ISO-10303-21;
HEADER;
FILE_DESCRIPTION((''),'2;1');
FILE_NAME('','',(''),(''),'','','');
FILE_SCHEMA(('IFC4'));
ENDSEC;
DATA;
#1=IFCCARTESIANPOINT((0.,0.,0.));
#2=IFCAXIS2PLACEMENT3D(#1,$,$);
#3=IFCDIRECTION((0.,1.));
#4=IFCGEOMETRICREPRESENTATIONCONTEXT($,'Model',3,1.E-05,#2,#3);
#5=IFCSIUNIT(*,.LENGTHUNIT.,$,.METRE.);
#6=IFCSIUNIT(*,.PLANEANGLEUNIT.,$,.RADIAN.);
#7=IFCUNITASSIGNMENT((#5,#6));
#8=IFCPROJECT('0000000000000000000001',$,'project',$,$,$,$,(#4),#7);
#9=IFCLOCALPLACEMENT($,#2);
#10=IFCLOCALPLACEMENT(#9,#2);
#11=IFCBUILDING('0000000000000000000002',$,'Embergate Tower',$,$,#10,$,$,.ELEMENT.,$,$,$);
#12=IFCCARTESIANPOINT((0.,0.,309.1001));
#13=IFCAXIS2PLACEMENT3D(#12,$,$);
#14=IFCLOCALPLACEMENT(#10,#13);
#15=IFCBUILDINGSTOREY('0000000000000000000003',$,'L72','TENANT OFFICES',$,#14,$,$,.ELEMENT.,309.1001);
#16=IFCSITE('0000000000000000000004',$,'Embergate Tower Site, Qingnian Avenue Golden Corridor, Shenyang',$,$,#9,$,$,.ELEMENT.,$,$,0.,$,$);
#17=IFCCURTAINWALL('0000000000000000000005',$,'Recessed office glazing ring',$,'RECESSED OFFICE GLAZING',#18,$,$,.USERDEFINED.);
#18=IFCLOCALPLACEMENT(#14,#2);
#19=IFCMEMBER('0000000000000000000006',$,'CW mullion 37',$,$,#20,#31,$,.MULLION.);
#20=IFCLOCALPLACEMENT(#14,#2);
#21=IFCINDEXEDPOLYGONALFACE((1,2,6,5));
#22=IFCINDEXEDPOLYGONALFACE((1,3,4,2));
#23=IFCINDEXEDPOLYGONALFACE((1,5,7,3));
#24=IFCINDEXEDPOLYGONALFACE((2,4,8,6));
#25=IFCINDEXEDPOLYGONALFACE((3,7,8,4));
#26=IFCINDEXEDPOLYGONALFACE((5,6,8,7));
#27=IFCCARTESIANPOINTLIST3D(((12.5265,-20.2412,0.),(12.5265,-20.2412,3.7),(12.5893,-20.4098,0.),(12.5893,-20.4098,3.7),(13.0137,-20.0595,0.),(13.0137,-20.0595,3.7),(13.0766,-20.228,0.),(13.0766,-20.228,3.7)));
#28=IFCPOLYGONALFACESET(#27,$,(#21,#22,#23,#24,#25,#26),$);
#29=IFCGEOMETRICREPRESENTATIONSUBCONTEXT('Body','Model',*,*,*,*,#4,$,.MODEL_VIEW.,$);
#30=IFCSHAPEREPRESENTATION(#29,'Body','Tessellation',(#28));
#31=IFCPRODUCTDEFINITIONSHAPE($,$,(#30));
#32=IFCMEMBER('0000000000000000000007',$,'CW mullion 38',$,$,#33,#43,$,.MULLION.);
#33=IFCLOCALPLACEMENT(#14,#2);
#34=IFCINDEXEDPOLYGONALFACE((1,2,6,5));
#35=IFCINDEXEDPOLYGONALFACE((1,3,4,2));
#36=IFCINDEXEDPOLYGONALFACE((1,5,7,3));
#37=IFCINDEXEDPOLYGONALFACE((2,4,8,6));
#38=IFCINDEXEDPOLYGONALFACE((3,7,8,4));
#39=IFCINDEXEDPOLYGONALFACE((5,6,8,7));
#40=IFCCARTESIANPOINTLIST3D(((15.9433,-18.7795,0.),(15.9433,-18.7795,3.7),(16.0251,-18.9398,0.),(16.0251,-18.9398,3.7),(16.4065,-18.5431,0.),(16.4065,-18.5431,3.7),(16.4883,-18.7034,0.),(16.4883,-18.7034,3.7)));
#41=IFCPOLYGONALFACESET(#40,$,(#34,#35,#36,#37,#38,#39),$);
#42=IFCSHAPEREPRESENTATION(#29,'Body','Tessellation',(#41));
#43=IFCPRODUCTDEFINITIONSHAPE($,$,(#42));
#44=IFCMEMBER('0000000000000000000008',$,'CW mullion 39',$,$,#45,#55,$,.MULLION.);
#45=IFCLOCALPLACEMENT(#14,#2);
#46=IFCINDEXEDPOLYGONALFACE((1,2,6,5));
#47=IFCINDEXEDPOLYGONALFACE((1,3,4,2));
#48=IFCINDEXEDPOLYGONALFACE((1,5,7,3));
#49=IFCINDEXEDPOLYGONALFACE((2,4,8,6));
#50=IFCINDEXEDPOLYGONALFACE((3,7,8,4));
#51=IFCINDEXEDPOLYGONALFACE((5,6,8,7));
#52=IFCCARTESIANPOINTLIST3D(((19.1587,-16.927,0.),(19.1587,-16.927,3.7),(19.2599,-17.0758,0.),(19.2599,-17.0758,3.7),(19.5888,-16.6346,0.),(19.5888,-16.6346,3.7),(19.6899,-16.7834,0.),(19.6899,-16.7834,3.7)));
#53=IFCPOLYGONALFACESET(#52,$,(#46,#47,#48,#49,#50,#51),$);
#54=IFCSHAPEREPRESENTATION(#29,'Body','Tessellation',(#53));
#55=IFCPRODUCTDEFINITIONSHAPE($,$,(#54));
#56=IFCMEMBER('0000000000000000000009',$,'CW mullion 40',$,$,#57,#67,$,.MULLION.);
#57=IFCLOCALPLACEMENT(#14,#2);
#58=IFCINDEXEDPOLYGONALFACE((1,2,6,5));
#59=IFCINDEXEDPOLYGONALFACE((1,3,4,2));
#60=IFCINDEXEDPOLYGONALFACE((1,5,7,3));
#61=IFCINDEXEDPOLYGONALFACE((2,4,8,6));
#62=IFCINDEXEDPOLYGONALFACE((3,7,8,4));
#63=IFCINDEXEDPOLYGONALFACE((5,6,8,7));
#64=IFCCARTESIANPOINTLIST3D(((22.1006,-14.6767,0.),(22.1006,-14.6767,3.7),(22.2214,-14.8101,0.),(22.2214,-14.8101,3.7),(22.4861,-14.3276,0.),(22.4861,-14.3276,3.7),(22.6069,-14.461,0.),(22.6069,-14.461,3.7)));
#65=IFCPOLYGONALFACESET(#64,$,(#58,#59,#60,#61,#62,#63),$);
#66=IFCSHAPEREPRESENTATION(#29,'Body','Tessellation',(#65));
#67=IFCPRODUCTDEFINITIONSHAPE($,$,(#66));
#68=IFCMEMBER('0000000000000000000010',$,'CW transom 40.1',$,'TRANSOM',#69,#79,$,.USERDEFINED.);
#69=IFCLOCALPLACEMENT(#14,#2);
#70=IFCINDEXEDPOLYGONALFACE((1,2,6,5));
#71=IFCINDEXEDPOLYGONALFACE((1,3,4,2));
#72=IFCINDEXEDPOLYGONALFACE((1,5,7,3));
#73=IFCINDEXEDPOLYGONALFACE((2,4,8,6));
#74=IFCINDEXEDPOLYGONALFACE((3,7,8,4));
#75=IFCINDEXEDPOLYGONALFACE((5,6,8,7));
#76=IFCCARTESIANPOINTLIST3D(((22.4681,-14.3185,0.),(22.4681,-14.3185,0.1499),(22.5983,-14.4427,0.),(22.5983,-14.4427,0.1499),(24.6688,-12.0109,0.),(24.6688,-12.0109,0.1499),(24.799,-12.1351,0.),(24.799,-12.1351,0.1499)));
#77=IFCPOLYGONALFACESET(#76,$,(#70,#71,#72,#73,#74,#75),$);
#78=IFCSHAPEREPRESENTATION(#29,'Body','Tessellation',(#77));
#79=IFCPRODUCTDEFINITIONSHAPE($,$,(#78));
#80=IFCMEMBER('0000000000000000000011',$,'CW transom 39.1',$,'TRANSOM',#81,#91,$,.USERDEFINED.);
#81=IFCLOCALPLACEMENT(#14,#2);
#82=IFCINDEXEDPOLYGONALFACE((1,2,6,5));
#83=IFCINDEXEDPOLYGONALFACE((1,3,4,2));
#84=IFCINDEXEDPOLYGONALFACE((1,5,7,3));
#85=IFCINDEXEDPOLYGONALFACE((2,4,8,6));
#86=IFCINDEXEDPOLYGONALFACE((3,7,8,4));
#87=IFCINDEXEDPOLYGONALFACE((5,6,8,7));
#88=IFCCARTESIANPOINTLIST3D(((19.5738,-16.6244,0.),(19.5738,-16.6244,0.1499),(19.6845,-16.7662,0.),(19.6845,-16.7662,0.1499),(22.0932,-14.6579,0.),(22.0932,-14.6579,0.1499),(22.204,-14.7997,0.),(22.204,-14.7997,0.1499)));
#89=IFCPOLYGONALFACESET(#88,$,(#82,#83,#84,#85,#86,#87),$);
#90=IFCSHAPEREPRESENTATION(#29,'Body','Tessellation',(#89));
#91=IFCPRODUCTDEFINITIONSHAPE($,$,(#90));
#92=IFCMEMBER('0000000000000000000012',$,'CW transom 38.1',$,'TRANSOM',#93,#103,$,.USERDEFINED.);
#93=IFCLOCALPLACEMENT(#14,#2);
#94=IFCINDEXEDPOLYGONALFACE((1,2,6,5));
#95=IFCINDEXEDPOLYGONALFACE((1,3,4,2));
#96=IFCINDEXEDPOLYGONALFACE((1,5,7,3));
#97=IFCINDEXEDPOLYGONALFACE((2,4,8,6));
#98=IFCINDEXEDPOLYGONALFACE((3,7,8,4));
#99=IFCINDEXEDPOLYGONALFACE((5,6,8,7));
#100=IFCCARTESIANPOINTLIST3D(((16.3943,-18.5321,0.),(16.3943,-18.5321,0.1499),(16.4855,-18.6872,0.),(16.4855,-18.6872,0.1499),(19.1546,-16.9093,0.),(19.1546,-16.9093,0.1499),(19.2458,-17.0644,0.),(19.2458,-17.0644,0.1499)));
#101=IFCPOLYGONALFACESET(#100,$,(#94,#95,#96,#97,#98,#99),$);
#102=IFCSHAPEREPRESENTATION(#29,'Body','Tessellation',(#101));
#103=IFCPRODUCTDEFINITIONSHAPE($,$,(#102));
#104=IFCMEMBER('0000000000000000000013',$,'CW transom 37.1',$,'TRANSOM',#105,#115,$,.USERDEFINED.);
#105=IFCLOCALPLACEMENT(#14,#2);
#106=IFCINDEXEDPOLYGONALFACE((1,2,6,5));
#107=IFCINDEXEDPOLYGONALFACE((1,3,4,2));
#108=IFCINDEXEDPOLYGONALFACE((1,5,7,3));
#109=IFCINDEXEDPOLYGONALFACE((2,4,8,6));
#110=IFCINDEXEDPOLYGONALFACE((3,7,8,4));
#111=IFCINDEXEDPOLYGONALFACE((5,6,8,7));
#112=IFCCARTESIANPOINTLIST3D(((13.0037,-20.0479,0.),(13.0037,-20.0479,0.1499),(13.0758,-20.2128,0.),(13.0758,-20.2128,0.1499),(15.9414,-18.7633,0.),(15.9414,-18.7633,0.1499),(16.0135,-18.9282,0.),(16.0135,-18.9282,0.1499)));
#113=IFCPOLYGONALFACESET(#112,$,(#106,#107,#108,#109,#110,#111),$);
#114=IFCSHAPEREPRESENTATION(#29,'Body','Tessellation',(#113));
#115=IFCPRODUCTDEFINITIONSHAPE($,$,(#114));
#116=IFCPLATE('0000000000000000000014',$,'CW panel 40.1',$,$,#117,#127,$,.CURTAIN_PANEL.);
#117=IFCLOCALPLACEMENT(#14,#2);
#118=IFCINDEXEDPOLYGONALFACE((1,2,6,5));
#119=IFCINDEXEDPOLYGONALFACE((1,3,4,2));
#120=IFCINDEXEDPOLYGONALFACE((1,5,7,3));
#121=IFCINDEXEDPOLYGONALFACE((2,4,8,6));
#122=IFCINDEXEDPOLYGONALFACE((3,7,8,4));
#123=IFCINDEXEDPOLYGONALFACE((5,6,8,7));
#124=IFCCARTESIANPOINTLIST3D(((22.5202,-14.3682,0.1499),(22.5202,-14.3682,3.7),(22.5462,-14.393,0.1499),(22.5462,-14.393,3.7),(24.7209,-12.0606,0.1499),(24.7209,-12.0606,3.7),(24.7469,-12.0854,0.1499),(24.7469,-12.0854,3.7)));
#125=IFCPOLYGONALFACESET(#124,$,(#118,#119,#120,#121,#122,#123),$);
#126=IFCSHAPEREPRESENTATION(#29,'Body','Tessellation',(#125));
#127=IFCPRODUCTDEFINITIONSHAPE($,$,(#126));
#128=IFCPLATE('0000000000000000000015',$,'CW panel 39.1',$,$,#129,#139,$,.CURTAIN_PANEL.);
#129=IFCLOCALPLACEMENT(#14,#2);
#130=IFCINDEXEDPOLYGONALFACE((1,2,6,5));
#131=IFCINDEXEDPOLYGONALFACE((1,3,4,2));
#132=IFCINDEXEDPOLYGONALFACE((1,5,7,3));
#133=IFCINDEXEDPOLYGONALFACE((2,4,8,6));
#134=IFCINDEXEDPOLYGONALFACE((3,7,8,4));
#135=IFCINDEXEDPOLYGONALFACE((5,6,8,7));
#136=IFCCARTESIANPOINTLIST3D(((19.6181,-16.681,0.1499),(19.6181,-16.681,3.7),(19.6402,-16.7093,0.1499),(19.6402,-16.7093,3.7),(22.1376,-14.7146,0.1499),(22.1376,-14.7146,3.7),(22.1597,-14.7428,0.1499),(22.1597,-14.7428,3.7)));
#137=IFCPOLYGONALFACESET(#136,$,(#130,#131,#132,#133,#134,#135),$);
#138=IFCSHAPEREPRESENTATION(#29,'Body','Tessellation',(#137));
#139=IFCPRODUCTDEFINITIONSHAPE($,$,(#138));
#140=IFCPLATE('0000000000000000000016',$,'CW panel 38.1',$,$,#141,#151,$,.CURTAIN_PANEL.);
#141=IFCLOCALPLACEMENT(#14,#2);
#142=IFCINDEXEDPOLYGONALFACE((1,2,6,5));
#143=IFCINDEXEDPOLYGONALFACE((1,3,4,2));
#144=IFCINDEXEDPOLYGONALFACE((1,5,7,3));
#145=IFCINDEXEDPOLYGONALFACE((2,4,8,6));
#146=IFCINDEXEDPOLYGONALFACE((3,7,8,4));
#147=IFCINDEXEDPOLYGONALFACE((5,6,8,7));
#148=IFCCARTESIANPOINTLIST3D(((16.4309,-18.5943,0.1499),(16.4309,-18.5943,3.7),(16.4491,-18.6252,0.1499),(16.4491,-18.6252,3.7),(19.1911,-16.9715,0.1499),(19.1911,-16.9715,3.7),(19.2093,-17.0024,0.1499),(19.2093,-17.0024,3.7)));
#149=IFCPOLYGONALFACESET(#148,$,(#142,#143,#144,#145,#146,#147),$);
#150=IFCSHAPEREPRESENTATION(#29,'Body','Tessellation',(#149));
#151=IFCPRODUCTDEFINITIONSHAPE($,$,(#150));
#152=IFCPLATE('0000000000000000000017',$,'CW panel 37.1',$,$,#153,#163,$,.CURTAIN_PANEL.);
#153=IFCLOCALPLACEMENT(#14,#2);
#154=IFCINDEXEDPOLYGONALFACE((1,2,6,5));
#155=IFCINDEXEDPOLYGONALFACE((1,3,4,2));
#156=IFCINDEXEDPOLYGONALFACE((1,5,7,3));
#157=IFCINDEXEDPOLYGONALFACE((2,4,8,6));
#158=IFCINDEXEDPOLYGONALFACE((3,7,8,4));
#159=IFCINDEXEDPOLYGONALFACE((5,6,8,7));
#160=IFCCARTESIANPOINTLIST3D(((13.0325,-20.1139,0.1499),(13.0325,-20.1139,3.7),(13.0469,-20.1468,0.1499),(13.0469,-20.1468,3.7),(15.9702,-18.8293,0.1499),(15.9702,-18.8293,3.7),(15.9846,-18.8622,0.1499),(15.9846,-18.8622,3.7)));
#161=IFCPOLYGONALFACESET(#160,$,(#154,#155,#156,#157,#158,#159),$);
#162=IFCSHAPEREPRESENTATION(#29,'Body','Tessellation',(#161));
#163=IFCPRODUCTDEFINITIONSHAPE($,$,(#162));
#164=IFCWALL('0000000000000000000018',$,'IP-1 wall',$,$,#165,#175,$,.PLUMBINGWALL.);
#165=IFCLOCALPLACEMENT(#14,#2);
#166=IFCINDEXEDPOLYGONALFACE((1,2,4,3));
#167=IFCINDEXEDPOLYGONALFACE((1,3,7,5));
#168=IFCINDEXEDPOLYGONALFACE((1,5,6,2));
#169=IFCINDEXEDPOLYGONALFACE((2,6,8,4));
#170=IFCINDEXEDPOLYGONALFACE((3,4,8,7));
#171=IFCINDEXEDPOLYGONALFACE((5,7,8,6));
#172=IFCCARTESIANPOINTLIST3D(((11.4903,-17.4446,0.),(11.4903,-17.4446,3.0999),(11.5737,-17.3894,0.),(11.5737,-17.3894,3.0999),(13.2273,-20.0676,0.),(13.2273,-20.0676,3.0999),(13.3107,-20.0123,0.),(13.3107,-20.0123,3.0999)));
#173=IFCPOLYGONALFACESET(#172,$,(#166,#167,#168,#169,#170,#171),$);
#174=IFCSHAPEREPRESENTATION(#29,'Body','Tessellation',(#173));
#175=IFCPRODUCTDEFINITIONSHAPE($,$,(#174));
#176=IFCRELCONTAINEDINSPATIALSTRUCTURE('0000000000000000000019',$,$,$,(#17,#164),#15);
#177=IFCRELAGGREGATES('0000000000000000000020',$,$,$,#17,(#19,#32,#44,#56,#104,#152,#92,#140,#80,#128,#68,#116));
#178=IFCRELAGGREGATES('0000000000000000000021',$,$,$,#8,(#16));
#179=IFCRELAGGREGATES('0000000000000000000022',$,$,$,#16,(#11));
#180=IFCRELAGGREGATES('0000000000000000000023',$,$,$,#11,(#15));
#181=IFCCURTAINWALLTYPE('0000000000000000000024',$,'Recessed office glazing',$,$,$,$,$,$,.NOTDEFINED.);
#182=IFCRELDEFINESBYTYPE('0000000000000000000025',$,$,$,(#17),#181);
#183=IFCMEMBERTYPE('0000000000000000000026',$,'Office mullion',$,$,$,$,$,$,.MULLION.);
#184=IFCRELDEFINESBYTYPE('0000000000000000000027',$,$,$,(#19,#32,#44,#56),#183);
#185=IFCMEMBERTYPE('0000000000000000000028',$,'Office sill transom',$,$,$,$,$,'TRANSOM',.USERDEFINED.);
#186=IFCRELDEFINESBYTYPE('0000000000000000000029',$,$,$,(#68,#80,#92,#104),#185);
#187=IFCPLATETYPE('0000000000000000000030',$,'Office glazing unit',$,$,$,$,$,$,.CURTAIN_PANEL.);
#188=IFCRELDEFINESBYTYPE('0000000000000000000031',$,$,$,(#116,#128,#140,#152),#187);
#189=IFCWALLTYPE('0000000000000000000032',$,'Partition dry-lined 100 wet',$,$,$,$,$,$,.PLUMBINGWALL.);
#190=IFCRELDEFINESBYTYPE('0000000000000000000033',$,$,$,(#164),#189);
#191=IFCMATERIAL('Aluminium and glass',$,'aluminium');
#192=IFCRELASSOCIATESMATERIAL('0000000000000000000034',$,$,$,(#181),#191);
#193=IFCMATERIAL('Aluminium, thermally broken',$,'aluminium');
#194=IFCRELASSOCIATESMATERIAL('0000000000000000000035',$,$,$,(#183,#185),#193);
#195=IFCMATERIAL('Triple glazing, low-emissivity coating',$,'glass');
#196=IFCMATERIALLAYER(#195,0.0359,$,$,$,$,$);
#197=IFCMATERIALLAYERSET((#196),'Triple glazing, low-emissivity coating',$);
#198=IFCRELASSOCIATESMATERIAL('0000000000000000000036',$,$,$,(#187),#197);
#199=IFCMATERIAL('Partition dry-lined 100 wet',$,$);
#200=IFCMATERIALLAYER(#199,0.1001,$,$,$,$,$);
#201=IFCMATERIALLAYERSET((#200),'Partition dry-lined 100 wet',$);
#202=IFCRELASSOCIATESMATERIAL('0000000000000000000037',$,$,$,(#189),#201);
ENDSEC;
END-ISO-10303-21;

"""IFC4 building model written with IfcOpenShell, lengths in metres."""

from ifc_helpers import new_model, si_unit, direction, frame, frame_2d, origin, origin_2d, place, context, subcontext, project, spatial, rectangle, extrude, source, transform, mapped, material, layer, layer_set, material_profile, profile_set, type_object, element, aggregate, save


model = new_model("IFC4")

# Units and contexts
model_context = context("Model", 3, precision=1e-05, world=origin(), true_north=direction((0.0, 1.0)))
body_context = subcontext(model_context, "Body", "Model", "MODEL_VIEW")
ifc_project = project(units=[si_unit("LENGTHUNIT", "METRE"), si_unit("PLANEANGLEUNIT", "RADIAN")], contexts=[model_context])

# Site, building, storey
site_placement = place(None, origin())
site = spatial("IfcSite", under=ifc_project, at=site_placement, Name="Embergate Tower Site, Qingnian Avenue Golden Corridor, Shenyang", CompositionType="ELEMENT", RefElevation=0.0)
building_placement = place(site_placement, origin())
building = spatial("IfcBuilding", under=site, at=building_placement, Name="Embergate Tower", CompositionType="ELEMENT")
storey_placement = place(building_placement, frame((0.0, 0.0, 309.1001)))
storey = spatial("IfcBuildingStorey", under=building, at=storey_placement, Name="L72", Description="TENANT OFFICES", CompositionType="ELEMENT", Elevation=309.1001)

# Curtain wall, members, plates
ifc_material_1 = material(Name="Aluminium and glass", Category="aluminium")
curtain_wall_type = type_object("IfcCurtainWallType", Name="Recessed office glazing", PredefinedType="NOTDEFINED", material=ifc_material_1)
curtain_wall_placement = place(storey_placement, origin())
curtain_wall = element("IfcCurtainWall", 1, at=curtain_wall_placement, inside=storey, type_object=curtain_wall_type, Name="Recessed office glazing ring", ObjectType="RECESSED OFFICE GLAZING", PredefinedType="USERDEFINED")
ifc_material_2 = material(Name="Aluminium, thermally broken", Category="aluminium")
ifc_material_profile_1 = material_profile(ifc_material_2, rectangle(XDim=0.1799, YDim=0.52, at=origin_2d()), Name="AL 520x180")
ifc_profile_set_1 = profile_set([ifc_material_profile_1], Name="Aluminium, thermally broken")
member_type_1 = type_object("IfcMemberType", Name="Office mullion", PredefinedType="MULLION", material=ifc_profile_set_1)
shared_shape_1 = source(origin(), body_context, "Body", "SweptSolid", [
    extrude(rectangle(XDim=0.1799, YDim=0.52, at=origin_2d()), origin(), (0.0, 0.0, 1.0), 3.7),
])
member_1_placement = place(storey_placement, frame((12.8015, -20.2346, 0.0), z_axis=(0.0, 0.0, 1.0), x_axis=(-0.349501, 0.936936, 0.0)))
member_1 = element("IfcMember", 2, at=member_1_placement, type_object=member_type_1, Name="CW mullion 37", PredefinedType="MULLION", context=body_context, shape_type="MappedRepresentation", body=[
    mapped(shared_shape_1, transform((0.0, 0.0, 0.0))),
])
member_2_placement = place(storey_placement, frame((16.2158, -18.7415, 0.0), z_axis=(0.0, 0.0, 1.0), x_axis=(-0.454508, 0.890743, 0.0)))
member_2 = element("IfcMember", 3, at=member_2_placement, type_object=member_type_1, Name="CW mullion 38", PredefinedType="MULLION", context=body_context, shape_type="MappedRepresentation", body=[
    mapped(shared_shape_1, transform((0.0, 0.0, 0.0))),
])
member_3_placement = place(storey_placement, frame((19.4243, -16.8552, 0.0), z_axis=(0.0, 0.0, 1.0), x_axis=(-0.562213, 0.826992, 0.0)))
member_3 = element("IfcMember", 4, at=member_3_placement, type_object=member_type_1, Name="CW mullion 39", PredefinedType="MULLION", context=body_context, shape_type="MappedRepresentation", body=[
    mapped(shared_shape_1, transform((0.0, 0.0, 0.0))),
])
member_4_placement = place(storey_placement, frame((22.3538, -14.5688, 0.0), z_axis=(0.0, 0.0, 1.0), x_axis=(-0.67122, 0.741258, 0.0)))
member_4 = element("IfcMember", 5, at=member_4_placement, type_object=member_type_1, Name="CW mullion 40", PredefinedType="MULLION", context=body_context, shape_type="MappedRepresentation", body=[
    mapped(shared_shape_1, transform((0.0, 0.0, 0.0))),
])
ifc_material_profile_2 = material_profile(ifc_material_2, rectangle(XDim=0.1799, YDim=0.1499, at=origin_2d()), Name="AL 150x180")
ifc_profile_set_2 = profile_set([ifc_material_profile_2], Name="Aluminium, thermally broken")
member_type_2 = type_object("IfcMemberType", Name="Office sill transom", ElementType="TRANSOM", PredefinedType="USERDEFINED", material=ifc_profile_set_2)
shared_shape_2 = source(origin(), body_context, "Body", "SweptSolid", [
    extrude(rectangle(XDim=0.1799, YDim=0.1499, at=origin_2d()), origin(), (0.0, 0.0, 1.0), 3.1887),
])
member_5_placement = place(storey_placement, frame((22.5332, -14.3806, 0.075), z_axis=(0.690141, 0.723675, 0.0), x_axis=(-0.723675, 0.690141, 0.0)))
member_5 = element("IfcMember", 6, at=member_5_placement, type_object=member_type_2, Name="CW transom 40.1", ObjectType="TRANSOM", PredefinedType="USERDEFINED", context=body_context, shape_type="MappedRepresentation", body=[
    mapped(shared_shape_2, transform((0.0, 0.0, 0.0))),
])
shared_shape_3 = source(origin(), body_context, "Body", "SweptSolid", [
    extrude(rectangle(XDim=0.1799, YDim=0.1499, at=origin_2d()), origin(), (0.0, 0.0, 1.0), 3.196),
])
member_6_placement = place(storey_placement, frame((19.6292, -16.6953, 0.075), z_axis=(0.788302, 0.615288, 0.0), x_axis=(-0.615288, 0.788302, 0.0)))
member_6 = element("IfcMember", 7, at=member_6_placement, type_object=member_type_2, Name="CW transom 39.1", ObjectType="TRANSOM", PredefinedType="USERDEFINED", context=body_context, shape_type="MappedRepresentation", body=[
    mapped(shared_shape_3, transform((0.0, 0.0, 0.0))),
])
shared_shape_4 = source(origin(), body_context, "Body", "SweptSolid", [
    extrude(rectangle(XDim=0.1799, YDim=0.1499, at=origin_2d()), origin(), (0.0, 0.0, 1.0), 3.2019),
])
member_7_placement = place(storey_placement, frame((16.4399, -18.6096, 0.075), z_axis=(0.862054, 0.506817, 0.0), x_axis=(-0.506817, 0.862054, 0.0)))
member_7 = element("IfcMember", 8, at=member_7_placement, type_object=member_type_2, Name="CW transom 38.1", ObjectType="TRANSOM", PredefinedType="USERDEFINED", context=body_context, shape_type="MappedRepresentation", body=[
    mapped(shared_shape_4, transform((0.0, 0.0, 0.0))),
])
shared_shape_5 = source(origin(), body_context, "Body", "SweptSolid", [
    extrude(rectangle(XDim=0.1799, YDim=0.1499, at=origin_2d()), origin(), (0.0, 0.0, 1.0), 3.2063),
])
member_8_placement = place(storey_placement, frame((13.0398, -20.1304, 0.075), z_axis=(0.916225, 0.400663, 0.0), x_axis=(-0.400663, 0.916225, 0.0)))
member_8 = element("IfcMember", 9, at=member_8_placement, type_object=member_type_2, Name="CW transom 37.1", ObjectType="TRANSOM", PredefinedType="USERDEFINED", context=body_context, shape_type="MappedRepresentation", body=[
    mapped(shared_shape_5, transform((0.0, 0.0, 0.0))),
])
ifc_material_3 = material(Name="Triple glazing, low-emissivity coating", Category="glass")
ifc_layer_1 = layer(ifc_material_3, 0.0359)
ifc_layer_set_1 = layer_set([ifc_layer_1], Name="Triple glazing, low-emissivity coating")
plate_type = type_object("IfcPlateType", Name="Office glazing unit", PredefinedType="CURTAIN_PANEL", material=ifc_layer_set_1)
shared_shape_6 = source(origin(), body_context, "Body", "SweptSolid", [
    extrude(rectangle(XDim=3.1887, YDim=0.0359, at=origin_2d()), origin(), (0.0, 0.0, 1.0), 3.55),
])
plate_1_placement = place(storey_placement, frame((23.6335, -13.2268, 0.1499), z_axis=(0.0, 0.0, 1.0), x_axis=(0.690133, 0.723683, 0.0)))
plate_1 = element("IfcPlate", 10, at=plate_1_placement, type_object=plate_type, Name="CW panel 40.1", PredefinedType="CURTAIN_PANEL", context=body_context, shape_type="MappedRepresentation", body=[
    mapped(shared_shape_6, transform((0.0, 0.0, 0.0))),
])
shared_shape_7 = source(origin(), body_context, "Body", "SweptSolid", [
    extrude(rectangle(XDim=3.196, YDim=0.0359, at=origin_2d()), origin(), (0.0, 0.0, 1.0), 3.55),
])
plate_2_placement = place(storey_placement, frame((20.8889, -15.7119, 0.1499), z_axis=(0.0, 0.0, 1.0), x_axis=(0.788318, 0.615268, 0.0)))
plate_2 = element("IfcPlate", 11, at=plate_2_placement, type_object=plate_type, Name="CW panel 39.1", PredefinedType="CURTAIN_PANEL", context=body_context, shape_type="MappedRepresentation", body=[
    mapped(shared_shape_7, transform((0.0, 0.0, 0.0))),
])
shared_shape_8 = source(origin(), body_context, "Body", "SweptSolid", [
    extrude(rectangle(XDim=3.2019, YDim=0.0359, at=origin_2d()), origin(), (0.0, 0.0, 1.0), 3.55),
])
plate_3_placement = place(storey_placement, frame((17.8201, -17.7983, 0.1499), z_axis=(0.0, 0.0, 1.0), x_axis=(0.862051, 0.506822, 0.0)))
plate_3 = element("IfcPlate", 12, at=plate_3_placement, type_object=plate_type, Name="CW panel 38.1", PredefinedType="CURTAIN_PANEL", context=body_context, shape_type="MappedRepresentation", body=[
    mapped(shared_shape_8, transform((0.0, 0.0, 0.0))),
])
shared_shape_9 = source(origin(), body_context, "Body", "SweptSolid", [
    extrude(rectangle(XDim=3.2063, YDim=0.0359, at=origin_2d()), origin(), (0.0, 0.0, 1.0), 3.55),
])
plate_4_placement = place(storey_placement, frame((14.5085, -19.488, 0.1499), z_axis=(0.0, 0.0, 1.0), x_axis=(0.916234, 0.400643, 0.0)))
plate_4 = element("IfcPlate", 13, at=plate_4_placement, type_object=plate_type, Name="CW panel 37.1", PredefinedType="CURTAIN_PANEL", context=body_context, shape_type="MappedRepresentation", body=[
    mapped(shared_shape_9, transform((0.0, 0.0, 0.0))),
])
aggregate(curtain_wall, [member_1, member_2, member_3, member_4, member_8, plate_4, member_7, plate_3, member_6, plate_2, member_5, plate_1])

# Wall
ifc_material_4 = material(Name="Partition dry-lined 100 wet")
ifc_layer_2 = layer(ifc_material_4, 0.1001)
ifc_layer_set_2 = layer_set([ifc_layer_2], Name="Partition dry-lined 100 wet")
wall_type = type_object("IfcWallType", Name="Partition dry-lined 100 wet", PredefinedType="PLUMBINGWALL", material=ifc_layer_set_2)
shared_shape_10 = source(origin(), body_context, "Body", "SweptSolid", [
    extrude(rectangle(XDim=3.146, YDim=0.1001, at=frame_2d((1.573, 0.0))), origin(), (0.0, 0.0, 1.0), 3.0999),
])
wall_1_placement = place(storey_placement, frame((11.532, -17.417, 0.0), z_axis=(0.0, 0.0, 1.0), x_axis=(0.552137, -0.833754, 0.0)))
element("IfcWall", 14, at=wall_1_placement, inside=storey, type_object=wall_type, Name="IP-1 wall", PredefinedType="PLUMBINGWALL", context=body_context, shape_type="MappedRepresentation", body=[
    mapped(shared_shape_10, transform((0.0, 0.0, 0.0))),
])

save(model, "model.ifc")
